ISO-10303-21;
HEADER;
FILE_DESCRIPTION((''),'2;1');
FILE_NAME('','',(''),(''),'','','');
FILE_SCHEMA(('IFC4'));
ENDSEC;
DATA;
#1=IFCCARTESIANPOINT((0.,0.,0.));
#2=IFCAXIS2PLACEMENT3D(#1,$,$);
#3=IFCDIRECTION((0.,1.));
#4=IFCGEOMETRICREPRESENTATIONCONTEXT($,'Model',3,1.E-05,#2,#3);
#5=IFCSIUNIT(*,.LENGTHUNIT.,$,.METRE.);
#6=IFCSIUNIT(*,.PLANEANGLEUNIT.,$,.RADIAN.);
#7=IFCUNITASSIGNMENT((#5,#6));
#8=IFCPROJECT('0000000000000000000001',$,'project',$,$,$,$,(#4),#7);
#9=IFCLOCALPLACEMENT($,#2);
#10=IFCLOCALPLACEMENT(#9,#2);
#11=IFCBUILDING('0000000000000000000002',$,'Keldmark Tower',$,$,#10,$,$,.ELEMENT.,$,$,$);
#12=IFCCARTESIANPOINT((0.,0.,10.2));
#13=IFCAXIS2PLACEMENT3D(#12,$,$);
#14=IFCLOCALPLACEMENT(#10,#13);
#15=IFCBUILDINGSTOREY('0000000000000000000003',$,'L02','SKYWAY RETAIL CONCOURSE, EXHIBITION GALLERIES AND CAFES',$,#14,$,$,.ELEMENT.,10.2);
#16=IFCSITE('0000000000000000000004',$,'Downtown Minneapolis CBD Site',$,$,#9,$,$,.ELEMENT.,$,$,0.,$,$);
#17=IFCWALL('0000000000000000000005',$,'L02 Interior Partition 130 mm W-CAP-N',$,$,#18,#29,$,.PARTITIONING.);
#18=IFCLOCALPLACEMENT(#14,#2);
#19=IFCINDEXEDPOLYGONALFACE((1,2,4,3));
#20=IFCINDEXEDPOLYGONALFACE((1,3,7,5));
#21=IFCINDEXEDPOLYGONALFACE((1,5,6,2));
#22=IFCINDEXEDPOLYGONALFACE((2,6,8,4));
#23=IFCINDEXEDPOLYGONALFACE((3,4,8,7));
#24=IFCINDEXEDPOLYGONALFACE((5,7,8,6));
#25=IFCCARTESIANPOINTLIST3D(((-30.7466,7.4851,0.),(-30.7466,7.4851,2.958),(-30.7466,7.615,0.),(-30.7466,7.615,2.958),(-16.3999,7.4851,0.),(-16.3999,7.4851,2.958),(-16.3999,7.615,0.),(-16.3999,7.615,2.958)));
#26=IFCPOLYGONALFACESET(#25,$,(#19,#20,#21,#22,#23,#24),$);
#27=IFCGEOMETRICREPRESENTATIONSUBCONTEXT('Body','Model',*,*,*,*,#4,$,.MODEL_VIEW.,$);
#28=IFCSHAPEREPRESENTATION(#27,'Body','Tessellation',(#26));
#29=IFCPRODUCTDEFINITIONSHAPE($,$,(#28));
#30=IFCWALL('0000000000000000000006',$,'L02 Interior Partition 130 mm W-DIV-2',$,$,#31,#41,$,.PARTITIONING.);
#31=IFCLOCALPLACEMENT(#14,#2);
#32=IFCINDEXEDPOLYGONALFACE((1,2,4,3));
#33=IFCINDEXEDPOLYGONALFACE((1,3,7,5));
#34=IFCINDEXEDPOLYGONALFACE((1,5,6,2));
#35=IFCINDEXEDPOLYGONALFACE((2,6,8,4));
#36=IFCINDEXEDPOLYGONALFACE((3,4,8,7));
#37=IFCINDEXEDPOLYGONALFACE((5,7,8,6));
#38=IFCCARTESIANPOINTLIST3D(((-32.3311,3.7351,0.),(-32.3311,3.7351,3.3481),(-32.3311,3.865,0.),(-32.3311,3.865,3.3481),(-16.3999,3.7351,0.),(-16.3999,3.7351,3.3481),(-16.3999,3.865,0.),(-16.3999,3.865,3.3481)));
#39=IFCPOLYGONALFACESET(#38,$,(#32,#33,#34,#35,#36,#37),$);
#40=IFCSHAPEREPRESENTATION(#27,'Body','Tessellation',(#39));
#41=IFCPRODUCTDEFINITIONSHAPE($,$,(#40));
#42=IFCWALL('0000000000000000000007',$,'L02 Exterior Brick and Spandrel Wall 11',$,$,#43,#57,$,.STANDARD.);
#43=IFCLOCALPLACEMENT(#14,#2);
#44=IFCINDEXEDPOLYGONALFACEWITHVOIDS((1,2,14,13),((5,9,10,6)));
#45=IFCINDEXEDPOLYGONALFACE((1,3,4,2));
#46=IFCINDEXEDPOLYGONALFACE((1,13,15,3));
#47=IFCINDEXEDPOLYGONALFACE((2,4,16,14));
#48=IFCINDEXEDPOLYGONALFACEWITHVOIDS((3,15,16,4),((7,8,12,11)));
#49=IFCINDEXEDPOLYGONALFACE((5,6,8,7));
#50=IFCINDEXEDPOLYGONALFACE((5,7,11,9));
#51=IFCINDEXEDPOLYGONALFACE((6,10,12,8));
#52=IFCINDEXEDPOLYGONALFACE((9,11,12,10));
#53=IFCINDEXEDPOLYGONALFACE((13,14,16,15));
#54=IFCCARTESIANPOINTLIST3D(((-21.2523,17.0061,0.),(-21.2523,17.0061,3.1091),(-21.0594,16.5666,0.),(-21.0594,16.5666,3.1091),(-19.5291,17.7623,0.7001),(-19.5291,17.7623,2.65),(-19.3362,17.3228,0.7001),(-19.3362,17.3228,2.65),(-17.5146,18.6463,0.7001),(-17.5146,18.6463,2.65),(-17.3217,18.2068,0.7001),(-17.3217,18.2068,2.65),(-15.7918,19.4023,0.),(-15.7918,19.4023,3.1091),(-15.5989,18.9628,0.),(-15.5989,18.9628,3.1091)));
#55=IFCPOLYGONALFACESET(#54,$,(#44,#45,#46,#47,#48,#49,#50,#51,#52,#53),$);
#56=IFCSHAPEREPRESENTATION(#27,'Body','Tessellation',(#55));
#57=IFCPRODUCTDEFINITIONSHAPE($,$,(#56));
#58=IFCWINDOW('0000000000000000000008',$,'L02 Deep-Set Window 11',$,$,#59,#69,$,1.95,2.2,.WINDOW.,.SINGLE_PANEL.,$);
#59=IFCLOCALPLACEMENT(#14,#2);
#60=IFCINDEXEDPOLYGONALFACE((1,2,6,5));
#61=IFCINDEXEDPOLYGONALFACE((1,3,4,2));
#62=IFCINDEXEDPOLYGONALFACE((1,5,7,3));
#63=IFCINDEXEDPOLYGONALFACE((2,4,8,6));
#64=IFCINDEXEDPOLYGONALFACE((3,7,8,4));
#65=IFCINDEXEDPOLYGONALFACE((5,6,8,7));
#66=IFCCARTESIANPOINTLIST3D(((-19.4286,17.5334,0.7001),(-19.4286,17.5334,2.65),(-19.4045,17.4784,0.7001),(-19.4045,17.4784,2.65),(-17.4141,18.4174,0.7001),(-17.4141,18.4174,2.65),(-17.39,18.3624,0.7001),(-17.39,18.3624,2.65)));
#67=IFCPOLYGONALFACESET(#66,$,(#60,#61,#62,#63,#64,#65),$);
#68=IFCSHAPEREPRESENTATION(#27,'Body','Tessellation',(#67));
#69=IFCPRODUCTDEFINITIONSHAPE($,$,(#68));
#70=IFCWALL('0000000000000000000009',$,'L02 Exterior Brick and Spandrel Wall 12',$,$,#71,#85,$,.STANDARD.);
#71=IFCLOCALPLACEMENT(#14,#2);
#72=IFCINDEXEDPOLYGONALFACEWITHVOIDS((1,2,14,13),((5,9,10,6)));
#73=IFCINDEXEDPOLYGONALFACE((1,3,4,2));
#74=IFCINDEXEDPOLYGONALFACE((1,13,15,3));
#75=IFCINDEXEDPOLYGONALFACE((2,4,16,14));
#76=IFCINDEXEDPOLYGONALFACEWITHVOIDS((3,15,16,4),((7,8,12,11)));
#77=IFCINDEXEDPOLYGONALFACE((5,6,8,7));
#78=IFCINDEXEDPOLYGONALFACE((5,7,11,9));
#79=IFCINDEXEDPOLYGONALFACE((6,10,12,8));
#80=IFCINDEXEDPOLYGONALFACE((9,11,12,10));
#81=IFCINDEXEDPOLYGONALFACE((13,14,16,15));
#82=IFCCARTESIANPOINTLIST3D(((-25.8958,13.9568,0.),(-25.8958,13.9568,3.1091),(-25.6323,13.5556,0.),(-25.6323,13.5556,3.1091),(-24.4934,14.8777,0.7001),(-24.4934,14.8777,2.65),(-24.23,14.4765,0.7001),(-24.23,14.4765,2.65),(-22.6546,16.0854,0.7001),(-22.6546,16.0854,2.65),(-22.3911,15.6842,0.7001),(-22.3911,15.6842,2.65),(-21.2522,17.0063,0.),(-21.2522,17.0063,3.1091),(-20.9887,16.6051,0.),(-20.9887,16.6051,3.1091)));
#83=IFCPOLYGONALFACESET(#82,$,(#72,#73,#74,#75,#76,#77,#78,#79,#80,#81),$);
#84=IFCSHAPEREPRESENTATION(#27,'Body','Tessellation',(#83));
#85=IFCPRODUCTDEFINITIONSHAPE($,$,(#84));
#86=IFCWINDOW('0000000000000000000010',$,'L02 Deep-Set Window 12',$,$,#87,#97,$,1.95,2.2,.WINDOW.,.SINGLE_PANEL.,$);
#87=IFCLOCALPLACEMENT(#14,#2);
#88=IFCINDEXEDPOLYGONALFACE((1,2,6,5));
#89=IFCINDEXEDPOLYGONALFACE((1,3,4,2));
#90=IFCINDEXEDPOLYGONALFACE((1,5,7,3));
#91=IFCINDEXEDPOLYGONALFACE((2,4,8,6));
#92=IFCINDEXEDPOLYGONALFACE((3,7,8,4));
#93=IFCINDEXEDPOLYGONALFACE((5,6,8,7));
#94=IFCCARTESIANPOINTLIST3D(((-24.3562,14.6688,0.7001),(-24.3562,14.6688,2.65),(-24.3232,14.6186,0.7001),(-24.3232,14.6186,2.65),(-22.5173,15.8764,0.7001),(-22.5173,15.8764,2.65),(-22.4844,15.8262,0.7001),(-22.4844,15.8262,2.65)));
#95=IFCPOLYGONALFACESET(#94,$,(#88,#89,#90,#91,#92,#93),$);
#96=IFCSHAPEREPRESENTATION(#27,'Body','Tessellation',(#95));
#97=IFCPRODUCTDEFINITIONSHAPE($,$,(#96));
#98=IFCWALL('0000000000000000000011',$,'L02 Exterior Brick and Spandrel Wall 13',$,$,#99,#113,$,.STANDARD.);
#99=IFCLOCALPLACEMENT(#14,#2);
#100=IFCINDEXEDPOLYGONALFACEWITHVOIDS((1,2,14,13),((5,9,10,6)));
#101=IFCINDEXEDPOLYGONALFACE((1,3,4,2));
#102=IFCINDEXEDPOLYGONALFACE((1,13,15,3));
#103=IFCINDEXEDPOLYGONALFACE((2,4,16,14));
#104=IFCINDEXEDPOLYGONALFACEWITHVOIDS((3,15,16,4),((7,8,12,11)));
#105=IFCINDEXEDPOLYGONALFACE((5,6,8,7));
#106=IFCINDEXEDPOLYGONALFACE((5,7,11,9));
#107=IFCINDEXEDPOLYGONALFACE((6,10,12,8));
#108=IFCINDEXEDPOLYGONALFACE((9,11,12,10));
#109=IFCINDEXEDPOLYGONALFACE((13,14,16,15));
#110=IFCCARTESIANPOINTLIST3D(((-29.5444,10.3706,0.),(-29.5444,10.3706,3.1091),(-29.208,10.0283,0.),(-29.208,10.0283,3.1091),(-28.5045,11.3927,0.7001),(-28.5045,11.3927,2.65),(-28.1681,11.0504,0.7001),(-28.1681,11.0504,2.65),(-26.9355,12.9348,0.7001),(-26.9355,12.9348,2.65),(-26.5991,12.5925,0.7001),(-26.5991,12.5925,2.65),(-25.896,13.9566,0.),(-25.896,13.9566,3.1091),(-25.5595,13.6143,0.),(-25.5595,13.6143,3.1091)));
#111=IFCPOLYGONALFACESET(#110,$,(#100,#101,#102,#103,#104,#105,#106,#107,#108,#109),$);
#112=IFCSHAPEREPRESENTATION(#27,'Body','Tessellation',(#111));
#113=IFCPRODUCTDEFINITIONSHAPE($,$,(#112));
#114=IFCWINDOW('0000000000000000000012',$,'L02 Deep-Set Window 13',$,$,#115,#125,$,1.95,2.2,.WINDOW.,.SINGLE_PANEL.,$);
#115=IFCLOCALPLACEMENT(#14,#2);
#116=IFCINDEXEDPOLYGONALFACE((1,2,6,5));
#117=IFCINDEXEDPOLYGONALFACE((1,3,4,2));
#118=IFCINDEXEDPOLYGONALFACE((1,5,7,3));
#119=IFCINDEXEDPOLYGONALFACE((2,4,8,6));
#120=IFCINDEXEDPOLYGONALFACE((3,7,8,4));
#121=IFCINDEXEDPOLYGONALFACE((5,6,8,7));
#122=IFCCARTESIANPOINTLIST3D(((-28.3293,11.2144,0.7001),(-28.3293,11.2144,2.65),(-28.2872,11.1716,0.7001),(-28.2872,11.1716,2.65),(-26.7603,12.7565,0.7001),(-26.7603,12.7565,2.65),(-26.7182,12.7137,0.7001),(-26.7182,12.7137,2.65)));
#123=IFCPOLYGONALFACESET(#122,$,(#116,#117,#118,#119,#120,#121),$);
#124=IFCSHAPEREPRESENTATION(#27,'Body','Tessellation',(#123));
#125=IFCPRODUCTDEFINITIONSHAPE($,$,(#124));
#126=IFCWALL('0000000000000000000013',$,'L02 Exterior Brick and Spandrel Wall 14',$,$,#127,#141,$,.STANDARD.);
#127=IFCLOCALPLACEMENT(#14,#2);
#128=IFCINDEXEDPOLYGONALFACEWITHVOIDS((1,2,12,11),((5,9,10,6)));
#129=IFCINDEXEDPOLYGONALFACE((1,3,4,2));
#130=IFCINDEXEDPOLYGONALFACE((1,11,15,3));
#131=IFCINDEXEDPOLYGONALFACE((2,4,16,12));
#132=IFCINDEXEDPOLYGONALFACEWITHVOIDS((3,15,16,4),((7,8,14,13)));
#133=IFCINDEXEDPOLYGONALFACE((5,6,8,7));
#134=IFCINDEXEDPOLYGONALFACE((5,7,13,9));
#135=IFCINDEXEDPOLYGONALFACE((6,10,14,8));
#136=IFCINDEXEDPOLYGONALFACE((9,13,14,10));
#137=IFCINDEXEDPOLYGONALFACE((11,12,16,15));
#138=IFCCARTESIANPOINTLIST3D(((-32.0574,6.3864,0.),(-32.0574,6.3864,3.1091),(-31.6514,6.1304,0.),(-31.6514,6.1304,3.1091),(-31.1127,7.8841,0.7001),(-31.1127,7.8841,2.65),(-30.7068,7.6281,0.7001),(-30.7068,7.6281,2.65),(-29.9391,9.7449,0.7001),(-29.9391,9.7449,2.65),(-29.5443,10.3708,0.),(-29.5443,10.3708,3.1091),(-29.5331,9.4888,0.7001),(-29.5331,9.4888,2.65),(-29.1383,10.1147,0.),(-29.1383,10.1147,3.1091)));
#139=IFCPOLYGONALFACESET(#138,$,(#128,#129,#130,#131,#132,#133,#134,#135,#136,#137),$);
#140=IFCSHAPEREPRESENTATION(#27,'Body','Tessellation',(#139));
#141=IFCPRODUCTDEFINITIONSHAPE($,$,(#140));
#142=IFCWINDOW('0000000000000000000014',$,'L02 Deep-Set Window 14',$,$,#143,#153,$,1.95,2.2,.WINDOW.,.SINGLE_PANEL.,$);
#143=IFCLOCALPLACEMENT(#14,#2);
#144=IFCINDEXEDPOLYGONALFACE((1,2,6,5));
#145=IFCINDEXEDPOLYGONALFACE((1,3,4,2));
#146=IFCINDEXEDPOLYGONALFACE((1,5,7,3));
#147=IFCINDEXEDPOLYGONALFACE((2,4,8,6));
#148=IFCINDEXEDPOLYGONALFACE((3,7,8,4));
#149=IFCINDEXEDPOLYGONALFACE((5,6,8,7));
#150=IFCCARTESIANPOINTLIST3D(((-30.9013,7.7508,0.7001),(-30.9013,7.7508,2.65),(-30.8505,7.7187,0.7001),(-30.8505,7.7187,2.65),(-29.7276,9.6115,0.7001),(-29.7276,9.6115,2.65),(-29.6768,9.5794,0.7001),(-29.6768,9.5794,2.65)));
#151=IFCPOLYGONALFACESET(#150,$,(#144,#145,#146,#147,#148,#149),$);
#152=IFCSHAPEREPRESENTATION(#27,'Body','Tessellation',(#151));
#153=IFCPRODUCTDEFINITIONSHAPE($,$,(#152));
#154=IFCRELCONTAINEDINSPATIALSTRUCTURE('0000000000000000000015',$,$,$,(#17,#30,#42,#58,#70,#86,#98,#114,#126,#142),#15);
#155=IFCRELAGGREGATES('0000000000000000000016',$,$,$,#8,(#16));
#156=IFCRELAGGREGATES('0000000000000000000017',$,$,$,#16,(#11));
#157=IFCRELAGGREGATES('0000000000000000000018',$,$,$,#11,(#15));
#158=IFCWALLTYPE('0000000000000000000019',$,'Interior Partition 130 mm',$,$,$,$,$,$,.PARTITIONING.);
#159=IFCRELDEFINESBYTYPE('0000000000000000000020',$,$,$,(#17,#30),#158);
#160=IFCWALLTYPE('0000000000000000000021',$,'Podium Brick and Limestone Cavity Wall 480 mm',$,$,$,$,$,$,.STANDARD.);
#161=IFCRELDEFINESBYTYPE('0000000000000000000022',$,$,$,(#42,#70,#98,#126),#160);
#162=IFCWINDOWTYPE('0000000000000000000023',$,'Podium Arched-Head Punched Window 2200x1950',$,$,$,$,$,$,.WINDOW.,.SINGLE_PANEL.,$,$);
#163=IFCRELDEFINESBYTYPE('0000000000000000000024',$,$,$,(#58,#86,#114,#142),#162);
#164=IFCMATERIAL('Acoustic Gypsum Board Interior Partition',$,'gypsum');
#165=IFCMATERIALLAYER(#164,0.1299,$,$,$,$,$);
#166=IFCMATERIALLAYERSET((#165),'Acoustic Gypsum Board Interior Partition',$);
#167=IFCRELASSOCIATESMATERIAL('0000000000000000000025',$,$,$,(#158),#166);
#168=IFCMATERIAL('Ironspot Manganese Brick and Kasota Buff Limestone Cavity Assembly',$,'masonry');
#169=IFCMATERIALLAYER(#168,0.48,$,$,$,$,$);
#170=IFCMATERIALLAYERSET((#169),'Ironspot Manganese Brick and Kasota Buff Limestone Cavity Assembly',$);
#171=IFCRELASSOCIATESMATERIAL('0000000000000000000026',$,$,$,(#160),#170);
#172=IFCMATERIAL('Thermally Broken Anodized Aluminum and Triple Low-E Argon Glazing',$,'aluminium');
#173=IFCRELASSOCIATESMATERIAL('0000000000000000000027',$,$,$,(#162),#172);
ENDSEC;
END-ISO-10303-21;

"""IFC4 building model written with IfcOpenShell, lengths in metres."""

from ifc_helpers import new_model, si_unit, direction, frame, frame_2d, origin, place, context, subcontext, project, spatial, rectangle, extrude, material, layer, layer_set, type_object, element, fill, save


model = new_model("IFC4")

# Units and contexts
model_context = context("Model", 3, precision=1e-05, world=origin(), true_north=direction((0.0, 1.0)))
body_context = subcontext(model_context, "Body", "Model", "MODEL_VIEW")
ifc_project = project(units=[si_unit("LENGTHUNIT", "METRE"), si_unit("PLANEANGLEUNIT", "RADIAN")], contexts=[model_context])

# Site, building, storey
site_placement = place(None, origin())
site = spatial("IfcSite", under=ifc_project, at=site_placement, Name="Downtown Minneapolis CBD Site", CompositionType="ELEMENT", RefElevation=0.0)
building_placement = place(site_placement, origin())
building = spatial("IfcBuilding", under=site, at=building_placement, Name="Keldmark Tower", CompositionType="ELEMENT")
storey_placement = place(building_placement, frame((0.0, 0.0, 10.2)))
storey = spatial("IfcBuildingStorey", under=building, at=storey_placement, Name="L02", Description="SKYWAY RETAIL CONCOURSE, EXHIBITION GALLERIES AND CAFES", CompositionType="ELEMENT", Elevation=10.2)

# Walls
ifc_material_1 = material(Name="Acoustic Gypsum Board Interior Partition", Category="gypsum")
ifc_layer_1 = layer(ifc_material_1, 0.1299)
ifc_layer_set_1 = layer_set([ifc_layer_1], Name="Acoustic Gypsum Board Interior Partition")
wall_type_1 = type_object("IfcWallType", Name="Interior Partition 130 mm", PredefinedType="PARTITIONING", material=ifc_layer_set_1)
wall_1_placement = place(storey_placement, frame((-30.7466, 7.55, 0.0), z_axis=(0.0, 0.0, 1.0), x_axis=(1.0, 0.0, 0.0)))
element("IfcWall", 1, at=wall_1_placement, inside=storey, type_object=wall_type_1, Name="L02 Interior Partition 130 mm W-CAP-N", PredefinedType="PARTITIONING", context=body_context, shape_type="SweptSolid", body=[
    extrude(rectangle(XDim=14.3467, YDim=0.1299, at=frame_2d((7.1733, 0.0))), origin(), (0.0, 0.0, 1.0), 2.958),
])
wall_2_placement = place(storey_placement, frame((-32.3311, 3.8, 0.0), z_axis=(0.0, 0.0, 1.0), x_axis=(1.0, 0.0, 0.0)))
element("IfcWall", 2, at=wall_2_placement, inside=storey, type_object=wall_type_1, Name="L02 Interior Partition 130 mm W-DIV-2", PredefinedType="PARTITIONING", context=body_context, shape_type="SweptSolid", body=[
    extrude(rectangle(XDim=15.9312, YDim=0.1299, at=frame_2d((7.9656, 0.0))), origin(), (0.0, 0.0, 1.0), 3.3481),
])

# Walls, openings, windows
ifc_material_2 = material(Name="Ironspot Manganese Brick and Kasota Buff Limestone Cavity Assembly", Category="masonry")
ifc_layer_2 = layer(ifc_material_2, 0.48)
ifc_layer_set_2 = layer_set([ifc_layer_2], Name="Ironspot Manganese Brick and Kasota Buff Limestone Cavity Assembly")
wall_type_2 = type_object("IfcWallType", Name="Podium Brick and Limestone Cavity Wall 480 mm", PredefinedType="STANDARD", material=ifc_layer_set_2)
wall_3_placement = place(storey_placement, frame((-21.1558, 16.7864, 0.0), z_axis=(0.0, 0.0, 1.0), x_axis=(0.915708, 0.401845, 0.0)))
wall_3 = element("IfcWall", 3, at=wall_3_placement, inside=storey, type_object=wall_type_2, Name="L02 Exterior Brick and Spandrel Wall 11", PredefinedType="STANDARD", context=body_context, shape_type="SweptSolid", body=[
    extrude(rectangle(XDim=5.9631, YDim=0.48, at=frame_2d((2.9814, 0.0))), origin(), (0.0, 0.0, 1.0), 3.1091),
])
opening_1_placement = place(wall_3_placement, frame((1.8816, 0.0, 0.7)))
opening_1 = element("IfcOpeningElement", 4, at=opening_1_placement, cuts=wall_3, PredefinedType="OPENING", context=body_context, shape_type="SweptSolid", body=[
    extrude(rectangle(XDim=2.2, YDim=1.95, at=frame_2d((1.1001, 0.9751))), frame((0.0, 0.25, 0.0), z_axis=(0.0, -1.0, 0.0), x_axis=(1.0, 0.0, 0.0)), (0.0, 0.0, 1.0), 0.5),
])
ifc_material_3 = material(Name="Thermally Broken Anodized Aluminum and Triple Low-E Argon Glazing", Category="aluminium")
window_type = type_object("IfcWindowType", Name="Podium Arched-Head Punched Window 2200x1950", PartitioningType="SINGLE_PANEL", PredefinedType="WINDOW", material=ifc_material_3)
window_1_placement = place(opening_1_placement, origin())
window_1 = element("IfcWindow", 5, at=window_1_placement, inside=storey, type_object=window_type, Name="L02 Deep-Set Window 11", OverallHeight=1.95, OverallWidth=2.2, PartitioningType="SINGLE_PANEL", PredefinedType="WINDOW", context=body_context, shape_type="SweptSolid", body=[
    extrude(rectangle(XDim=2.2, YDim=1.95, at=frame_2d((1.1001, 0.9751))), frame((0.0, -0.01, 0.0), z_axis=(0.0, -1.0, 0.0), x_axis=(1.0, 0.0, 0.0)), (0.0, 0.0, 1.0), 0.0601),
])
fill(opening_1, window_1)
wall_4_placement = place(storey_placement, frame((-25.7642, 13.7561, 0.0), z_axis=(0.0, 0.0, 1.0), x_axis=(0.835864, 0.548937, 0.0)))
wall_4 = element("IfcWall", 6, at=wall_4_placement, inside=storey, type_object=wall_type_2, Name="L02 Exterior Brick and Spandrel Wall 12", PredefinedType="STANDARD", context=body_context, shape_type="SweptSolid", body=[
    extrude(rectangle(XDim=5.5554, YDim=0.48, at=frame_2d((2.7778, 0.0))), origin(), (0.0, 0.0, 1.0), 3.1091),
])
opening_2_placement = place(wall_4_placement, frame((1.6777, 0.0, 0.7)))
opening_2 = element("IfcOpeningElement", 7, at=opening_2_placement, cuts=wall_4, PredefinedType="OPENING", context=body_context, shape_type="SweptSolid", body=[
    extrude(rectangle(XDim=2.2, YDim=1.95, at=frame_2d((1.1001, 0.9751))), frame((0.0, 0.25, 0.0), z_axis=(0.0, -1.0, 0.0), x_axis=(1.0, 0.0, 0.0)), (0.0, 0.0, 1.0), 0.5),
])
window_2_placement = place(opening_2_placement, origin())
window_2 = element("IfcWindow", 8, at=window_2_placement, inside=storey, type_object=window_type, Name="L02 Deep-Set Window 12", OverallHeight=1.95, OverallWidth=2.2, PartitioningType="SINGLE_PANEL", PredefinedType="WINDOW", context=body_context, shape_type="SweptSolid", body=[
    extrude(rectangle(XDim=2.2, YDim=1.95, at=frame_2d((1.1001, 0.9751))), frame((0.0, -0.01, 0.0), z_axis=(0.0, -1.0, 0.0), x_axis=(1.0, 0.0, 0.0)), (0.0, 0.0, 1.0), 0.0601),
])
fill(opening_2, window_2)
wall_5_placement = place(storey_placement, frame((-29.3762, 10.1995, 0.0), z_axis=(0.0, 0.0, 1.0), x_axis=(0.713189, 0.700972, 0.0)))
wall_5 = element("IfcWall", 9, at=wall_5_placement, inside=storey, type_object=wall_type_2, Name="L02 Exterior Brick and Spandrel Wall 13", PredefinedType="STANDARD", context=body_context, shape_type="SweptSolid", body=[
    extrude(rectangle(XDim=5.1157, YDim=0.48, at=frame_2d((2.5579, 0.0))), origin(), (0.0, 0.0, 1.0), 3.1091),
])
opening_3_placement = place(wall_5_placement, frame((1.458, 0.0, 0.7)))
opening_3 = element("IfcOpeningElement", 10, at=opening_3_placement, cuts=wall_5, PredefinedType="OPENING", context=body_context, shape_type="SweptSolid", body=[
    extrude(rectangle(XDim=2.2, YDim=1.95, at=frame_2d((1.1001, 0.9751))), frame((0.0, 0.25, 0.0), z_axis=(0.0, -1.0, 0.0), x_axis=(1.0, 0.0, 0.0)), (0.0, 0.0, 1.0), 0.5),
])
window_3_placement = place(opening_3_placement, origin())
window_3 = element("IfcWindow", 11, at=window_3_placement, inside=storey, type_object=window_type, Name="L02 Deep-Set Window 13", OverallHeight=1.95, OverallWidth=2.2, PartitioningType="SINGLE_PANEL", PredefinedType="WINDOW", context=body_context, shape_type="SweptSolid", body=[
    extrude(rectangle(XDim=2.2, YDim=1.95, at=frame_2d((1.1001, 0.9751))), frame((0.0, -0.01, 0.0), z_axis=(0.0, -1.0, 0.0), x_axis=(1.0, 0.0, 0.0)), (0.0, 0.0, 1.0), 0.0601),
])
fill(opening_3, window_3)
wall_6_placement = place(storey_placement, frame((-31.8545, 6.2583, 0.0), z_axis=(0.0, 0.0, 1.0), x_axis=(0.533498, 0.845802, 0.0)))
wall_6 = element("IfcWall", 12, at=wall_6_placement, inside=storey, type_object=wall_type_2, Name="L02 Exterior Brick and Spandrel Wall 14", PredefinedType="STANDARD", context=body_context, shape_type="SweptSolid", body=[
    extrude(rectangle(XDim=4.7107, YDim=0.48, at=frame_2d((2.3555, 0.0))), origin(), (0.0, 0.0, 1.0), 3.1091),
])
opening_4_placement = place(wall_6_placement, frame((1.7708, 0.0, 0.7)))
opening_4 = element("IfcOpeningElement", 13, at=opening_4_placement, cuts=wall_6, PredefinedType="OPENING", context=body_context, shape_type="SweptSolid", body=[
    extrude(rectangle(XDim=2.2, YDim=1.95, at=frame_2d((1.1001, 0.9751))), frame((0.0, 0.25, 0.0), z_axis=(0.0, -1.0, 0.0), x_axis=(1.0, 0.0, 0.0)), (0.0, 0.0, 1.0), 0.5),
])
window_4_placement = place(opening_4_placement, origin())
window_4 = element("IfcWindow", 14, at=window_4_placement, inside=storey, type_object=window_type, Name="L02 Deep-Set Window 14", OverallHeight=1.95, OverallWidth=2.2, PartitioningType="SINGLE_PANEL", PredefinedType="WINDOW", context=body_context, shape_type="SweptSolid", body=[
    extrude(rectangle(XDim=2.2, YDim=1.95, at=frame_2d((1.1001, 0.9751))), frame((0.0, -0.01, 0.0), z_axis=(0.0, -1.0, 0.0), x_axis=(1.0, 0.0, 0.0)), (0.0, 0.0, 1.0), 0.0601),
])
fill(opening_4, window_4)

save(model, "model.ifc")
